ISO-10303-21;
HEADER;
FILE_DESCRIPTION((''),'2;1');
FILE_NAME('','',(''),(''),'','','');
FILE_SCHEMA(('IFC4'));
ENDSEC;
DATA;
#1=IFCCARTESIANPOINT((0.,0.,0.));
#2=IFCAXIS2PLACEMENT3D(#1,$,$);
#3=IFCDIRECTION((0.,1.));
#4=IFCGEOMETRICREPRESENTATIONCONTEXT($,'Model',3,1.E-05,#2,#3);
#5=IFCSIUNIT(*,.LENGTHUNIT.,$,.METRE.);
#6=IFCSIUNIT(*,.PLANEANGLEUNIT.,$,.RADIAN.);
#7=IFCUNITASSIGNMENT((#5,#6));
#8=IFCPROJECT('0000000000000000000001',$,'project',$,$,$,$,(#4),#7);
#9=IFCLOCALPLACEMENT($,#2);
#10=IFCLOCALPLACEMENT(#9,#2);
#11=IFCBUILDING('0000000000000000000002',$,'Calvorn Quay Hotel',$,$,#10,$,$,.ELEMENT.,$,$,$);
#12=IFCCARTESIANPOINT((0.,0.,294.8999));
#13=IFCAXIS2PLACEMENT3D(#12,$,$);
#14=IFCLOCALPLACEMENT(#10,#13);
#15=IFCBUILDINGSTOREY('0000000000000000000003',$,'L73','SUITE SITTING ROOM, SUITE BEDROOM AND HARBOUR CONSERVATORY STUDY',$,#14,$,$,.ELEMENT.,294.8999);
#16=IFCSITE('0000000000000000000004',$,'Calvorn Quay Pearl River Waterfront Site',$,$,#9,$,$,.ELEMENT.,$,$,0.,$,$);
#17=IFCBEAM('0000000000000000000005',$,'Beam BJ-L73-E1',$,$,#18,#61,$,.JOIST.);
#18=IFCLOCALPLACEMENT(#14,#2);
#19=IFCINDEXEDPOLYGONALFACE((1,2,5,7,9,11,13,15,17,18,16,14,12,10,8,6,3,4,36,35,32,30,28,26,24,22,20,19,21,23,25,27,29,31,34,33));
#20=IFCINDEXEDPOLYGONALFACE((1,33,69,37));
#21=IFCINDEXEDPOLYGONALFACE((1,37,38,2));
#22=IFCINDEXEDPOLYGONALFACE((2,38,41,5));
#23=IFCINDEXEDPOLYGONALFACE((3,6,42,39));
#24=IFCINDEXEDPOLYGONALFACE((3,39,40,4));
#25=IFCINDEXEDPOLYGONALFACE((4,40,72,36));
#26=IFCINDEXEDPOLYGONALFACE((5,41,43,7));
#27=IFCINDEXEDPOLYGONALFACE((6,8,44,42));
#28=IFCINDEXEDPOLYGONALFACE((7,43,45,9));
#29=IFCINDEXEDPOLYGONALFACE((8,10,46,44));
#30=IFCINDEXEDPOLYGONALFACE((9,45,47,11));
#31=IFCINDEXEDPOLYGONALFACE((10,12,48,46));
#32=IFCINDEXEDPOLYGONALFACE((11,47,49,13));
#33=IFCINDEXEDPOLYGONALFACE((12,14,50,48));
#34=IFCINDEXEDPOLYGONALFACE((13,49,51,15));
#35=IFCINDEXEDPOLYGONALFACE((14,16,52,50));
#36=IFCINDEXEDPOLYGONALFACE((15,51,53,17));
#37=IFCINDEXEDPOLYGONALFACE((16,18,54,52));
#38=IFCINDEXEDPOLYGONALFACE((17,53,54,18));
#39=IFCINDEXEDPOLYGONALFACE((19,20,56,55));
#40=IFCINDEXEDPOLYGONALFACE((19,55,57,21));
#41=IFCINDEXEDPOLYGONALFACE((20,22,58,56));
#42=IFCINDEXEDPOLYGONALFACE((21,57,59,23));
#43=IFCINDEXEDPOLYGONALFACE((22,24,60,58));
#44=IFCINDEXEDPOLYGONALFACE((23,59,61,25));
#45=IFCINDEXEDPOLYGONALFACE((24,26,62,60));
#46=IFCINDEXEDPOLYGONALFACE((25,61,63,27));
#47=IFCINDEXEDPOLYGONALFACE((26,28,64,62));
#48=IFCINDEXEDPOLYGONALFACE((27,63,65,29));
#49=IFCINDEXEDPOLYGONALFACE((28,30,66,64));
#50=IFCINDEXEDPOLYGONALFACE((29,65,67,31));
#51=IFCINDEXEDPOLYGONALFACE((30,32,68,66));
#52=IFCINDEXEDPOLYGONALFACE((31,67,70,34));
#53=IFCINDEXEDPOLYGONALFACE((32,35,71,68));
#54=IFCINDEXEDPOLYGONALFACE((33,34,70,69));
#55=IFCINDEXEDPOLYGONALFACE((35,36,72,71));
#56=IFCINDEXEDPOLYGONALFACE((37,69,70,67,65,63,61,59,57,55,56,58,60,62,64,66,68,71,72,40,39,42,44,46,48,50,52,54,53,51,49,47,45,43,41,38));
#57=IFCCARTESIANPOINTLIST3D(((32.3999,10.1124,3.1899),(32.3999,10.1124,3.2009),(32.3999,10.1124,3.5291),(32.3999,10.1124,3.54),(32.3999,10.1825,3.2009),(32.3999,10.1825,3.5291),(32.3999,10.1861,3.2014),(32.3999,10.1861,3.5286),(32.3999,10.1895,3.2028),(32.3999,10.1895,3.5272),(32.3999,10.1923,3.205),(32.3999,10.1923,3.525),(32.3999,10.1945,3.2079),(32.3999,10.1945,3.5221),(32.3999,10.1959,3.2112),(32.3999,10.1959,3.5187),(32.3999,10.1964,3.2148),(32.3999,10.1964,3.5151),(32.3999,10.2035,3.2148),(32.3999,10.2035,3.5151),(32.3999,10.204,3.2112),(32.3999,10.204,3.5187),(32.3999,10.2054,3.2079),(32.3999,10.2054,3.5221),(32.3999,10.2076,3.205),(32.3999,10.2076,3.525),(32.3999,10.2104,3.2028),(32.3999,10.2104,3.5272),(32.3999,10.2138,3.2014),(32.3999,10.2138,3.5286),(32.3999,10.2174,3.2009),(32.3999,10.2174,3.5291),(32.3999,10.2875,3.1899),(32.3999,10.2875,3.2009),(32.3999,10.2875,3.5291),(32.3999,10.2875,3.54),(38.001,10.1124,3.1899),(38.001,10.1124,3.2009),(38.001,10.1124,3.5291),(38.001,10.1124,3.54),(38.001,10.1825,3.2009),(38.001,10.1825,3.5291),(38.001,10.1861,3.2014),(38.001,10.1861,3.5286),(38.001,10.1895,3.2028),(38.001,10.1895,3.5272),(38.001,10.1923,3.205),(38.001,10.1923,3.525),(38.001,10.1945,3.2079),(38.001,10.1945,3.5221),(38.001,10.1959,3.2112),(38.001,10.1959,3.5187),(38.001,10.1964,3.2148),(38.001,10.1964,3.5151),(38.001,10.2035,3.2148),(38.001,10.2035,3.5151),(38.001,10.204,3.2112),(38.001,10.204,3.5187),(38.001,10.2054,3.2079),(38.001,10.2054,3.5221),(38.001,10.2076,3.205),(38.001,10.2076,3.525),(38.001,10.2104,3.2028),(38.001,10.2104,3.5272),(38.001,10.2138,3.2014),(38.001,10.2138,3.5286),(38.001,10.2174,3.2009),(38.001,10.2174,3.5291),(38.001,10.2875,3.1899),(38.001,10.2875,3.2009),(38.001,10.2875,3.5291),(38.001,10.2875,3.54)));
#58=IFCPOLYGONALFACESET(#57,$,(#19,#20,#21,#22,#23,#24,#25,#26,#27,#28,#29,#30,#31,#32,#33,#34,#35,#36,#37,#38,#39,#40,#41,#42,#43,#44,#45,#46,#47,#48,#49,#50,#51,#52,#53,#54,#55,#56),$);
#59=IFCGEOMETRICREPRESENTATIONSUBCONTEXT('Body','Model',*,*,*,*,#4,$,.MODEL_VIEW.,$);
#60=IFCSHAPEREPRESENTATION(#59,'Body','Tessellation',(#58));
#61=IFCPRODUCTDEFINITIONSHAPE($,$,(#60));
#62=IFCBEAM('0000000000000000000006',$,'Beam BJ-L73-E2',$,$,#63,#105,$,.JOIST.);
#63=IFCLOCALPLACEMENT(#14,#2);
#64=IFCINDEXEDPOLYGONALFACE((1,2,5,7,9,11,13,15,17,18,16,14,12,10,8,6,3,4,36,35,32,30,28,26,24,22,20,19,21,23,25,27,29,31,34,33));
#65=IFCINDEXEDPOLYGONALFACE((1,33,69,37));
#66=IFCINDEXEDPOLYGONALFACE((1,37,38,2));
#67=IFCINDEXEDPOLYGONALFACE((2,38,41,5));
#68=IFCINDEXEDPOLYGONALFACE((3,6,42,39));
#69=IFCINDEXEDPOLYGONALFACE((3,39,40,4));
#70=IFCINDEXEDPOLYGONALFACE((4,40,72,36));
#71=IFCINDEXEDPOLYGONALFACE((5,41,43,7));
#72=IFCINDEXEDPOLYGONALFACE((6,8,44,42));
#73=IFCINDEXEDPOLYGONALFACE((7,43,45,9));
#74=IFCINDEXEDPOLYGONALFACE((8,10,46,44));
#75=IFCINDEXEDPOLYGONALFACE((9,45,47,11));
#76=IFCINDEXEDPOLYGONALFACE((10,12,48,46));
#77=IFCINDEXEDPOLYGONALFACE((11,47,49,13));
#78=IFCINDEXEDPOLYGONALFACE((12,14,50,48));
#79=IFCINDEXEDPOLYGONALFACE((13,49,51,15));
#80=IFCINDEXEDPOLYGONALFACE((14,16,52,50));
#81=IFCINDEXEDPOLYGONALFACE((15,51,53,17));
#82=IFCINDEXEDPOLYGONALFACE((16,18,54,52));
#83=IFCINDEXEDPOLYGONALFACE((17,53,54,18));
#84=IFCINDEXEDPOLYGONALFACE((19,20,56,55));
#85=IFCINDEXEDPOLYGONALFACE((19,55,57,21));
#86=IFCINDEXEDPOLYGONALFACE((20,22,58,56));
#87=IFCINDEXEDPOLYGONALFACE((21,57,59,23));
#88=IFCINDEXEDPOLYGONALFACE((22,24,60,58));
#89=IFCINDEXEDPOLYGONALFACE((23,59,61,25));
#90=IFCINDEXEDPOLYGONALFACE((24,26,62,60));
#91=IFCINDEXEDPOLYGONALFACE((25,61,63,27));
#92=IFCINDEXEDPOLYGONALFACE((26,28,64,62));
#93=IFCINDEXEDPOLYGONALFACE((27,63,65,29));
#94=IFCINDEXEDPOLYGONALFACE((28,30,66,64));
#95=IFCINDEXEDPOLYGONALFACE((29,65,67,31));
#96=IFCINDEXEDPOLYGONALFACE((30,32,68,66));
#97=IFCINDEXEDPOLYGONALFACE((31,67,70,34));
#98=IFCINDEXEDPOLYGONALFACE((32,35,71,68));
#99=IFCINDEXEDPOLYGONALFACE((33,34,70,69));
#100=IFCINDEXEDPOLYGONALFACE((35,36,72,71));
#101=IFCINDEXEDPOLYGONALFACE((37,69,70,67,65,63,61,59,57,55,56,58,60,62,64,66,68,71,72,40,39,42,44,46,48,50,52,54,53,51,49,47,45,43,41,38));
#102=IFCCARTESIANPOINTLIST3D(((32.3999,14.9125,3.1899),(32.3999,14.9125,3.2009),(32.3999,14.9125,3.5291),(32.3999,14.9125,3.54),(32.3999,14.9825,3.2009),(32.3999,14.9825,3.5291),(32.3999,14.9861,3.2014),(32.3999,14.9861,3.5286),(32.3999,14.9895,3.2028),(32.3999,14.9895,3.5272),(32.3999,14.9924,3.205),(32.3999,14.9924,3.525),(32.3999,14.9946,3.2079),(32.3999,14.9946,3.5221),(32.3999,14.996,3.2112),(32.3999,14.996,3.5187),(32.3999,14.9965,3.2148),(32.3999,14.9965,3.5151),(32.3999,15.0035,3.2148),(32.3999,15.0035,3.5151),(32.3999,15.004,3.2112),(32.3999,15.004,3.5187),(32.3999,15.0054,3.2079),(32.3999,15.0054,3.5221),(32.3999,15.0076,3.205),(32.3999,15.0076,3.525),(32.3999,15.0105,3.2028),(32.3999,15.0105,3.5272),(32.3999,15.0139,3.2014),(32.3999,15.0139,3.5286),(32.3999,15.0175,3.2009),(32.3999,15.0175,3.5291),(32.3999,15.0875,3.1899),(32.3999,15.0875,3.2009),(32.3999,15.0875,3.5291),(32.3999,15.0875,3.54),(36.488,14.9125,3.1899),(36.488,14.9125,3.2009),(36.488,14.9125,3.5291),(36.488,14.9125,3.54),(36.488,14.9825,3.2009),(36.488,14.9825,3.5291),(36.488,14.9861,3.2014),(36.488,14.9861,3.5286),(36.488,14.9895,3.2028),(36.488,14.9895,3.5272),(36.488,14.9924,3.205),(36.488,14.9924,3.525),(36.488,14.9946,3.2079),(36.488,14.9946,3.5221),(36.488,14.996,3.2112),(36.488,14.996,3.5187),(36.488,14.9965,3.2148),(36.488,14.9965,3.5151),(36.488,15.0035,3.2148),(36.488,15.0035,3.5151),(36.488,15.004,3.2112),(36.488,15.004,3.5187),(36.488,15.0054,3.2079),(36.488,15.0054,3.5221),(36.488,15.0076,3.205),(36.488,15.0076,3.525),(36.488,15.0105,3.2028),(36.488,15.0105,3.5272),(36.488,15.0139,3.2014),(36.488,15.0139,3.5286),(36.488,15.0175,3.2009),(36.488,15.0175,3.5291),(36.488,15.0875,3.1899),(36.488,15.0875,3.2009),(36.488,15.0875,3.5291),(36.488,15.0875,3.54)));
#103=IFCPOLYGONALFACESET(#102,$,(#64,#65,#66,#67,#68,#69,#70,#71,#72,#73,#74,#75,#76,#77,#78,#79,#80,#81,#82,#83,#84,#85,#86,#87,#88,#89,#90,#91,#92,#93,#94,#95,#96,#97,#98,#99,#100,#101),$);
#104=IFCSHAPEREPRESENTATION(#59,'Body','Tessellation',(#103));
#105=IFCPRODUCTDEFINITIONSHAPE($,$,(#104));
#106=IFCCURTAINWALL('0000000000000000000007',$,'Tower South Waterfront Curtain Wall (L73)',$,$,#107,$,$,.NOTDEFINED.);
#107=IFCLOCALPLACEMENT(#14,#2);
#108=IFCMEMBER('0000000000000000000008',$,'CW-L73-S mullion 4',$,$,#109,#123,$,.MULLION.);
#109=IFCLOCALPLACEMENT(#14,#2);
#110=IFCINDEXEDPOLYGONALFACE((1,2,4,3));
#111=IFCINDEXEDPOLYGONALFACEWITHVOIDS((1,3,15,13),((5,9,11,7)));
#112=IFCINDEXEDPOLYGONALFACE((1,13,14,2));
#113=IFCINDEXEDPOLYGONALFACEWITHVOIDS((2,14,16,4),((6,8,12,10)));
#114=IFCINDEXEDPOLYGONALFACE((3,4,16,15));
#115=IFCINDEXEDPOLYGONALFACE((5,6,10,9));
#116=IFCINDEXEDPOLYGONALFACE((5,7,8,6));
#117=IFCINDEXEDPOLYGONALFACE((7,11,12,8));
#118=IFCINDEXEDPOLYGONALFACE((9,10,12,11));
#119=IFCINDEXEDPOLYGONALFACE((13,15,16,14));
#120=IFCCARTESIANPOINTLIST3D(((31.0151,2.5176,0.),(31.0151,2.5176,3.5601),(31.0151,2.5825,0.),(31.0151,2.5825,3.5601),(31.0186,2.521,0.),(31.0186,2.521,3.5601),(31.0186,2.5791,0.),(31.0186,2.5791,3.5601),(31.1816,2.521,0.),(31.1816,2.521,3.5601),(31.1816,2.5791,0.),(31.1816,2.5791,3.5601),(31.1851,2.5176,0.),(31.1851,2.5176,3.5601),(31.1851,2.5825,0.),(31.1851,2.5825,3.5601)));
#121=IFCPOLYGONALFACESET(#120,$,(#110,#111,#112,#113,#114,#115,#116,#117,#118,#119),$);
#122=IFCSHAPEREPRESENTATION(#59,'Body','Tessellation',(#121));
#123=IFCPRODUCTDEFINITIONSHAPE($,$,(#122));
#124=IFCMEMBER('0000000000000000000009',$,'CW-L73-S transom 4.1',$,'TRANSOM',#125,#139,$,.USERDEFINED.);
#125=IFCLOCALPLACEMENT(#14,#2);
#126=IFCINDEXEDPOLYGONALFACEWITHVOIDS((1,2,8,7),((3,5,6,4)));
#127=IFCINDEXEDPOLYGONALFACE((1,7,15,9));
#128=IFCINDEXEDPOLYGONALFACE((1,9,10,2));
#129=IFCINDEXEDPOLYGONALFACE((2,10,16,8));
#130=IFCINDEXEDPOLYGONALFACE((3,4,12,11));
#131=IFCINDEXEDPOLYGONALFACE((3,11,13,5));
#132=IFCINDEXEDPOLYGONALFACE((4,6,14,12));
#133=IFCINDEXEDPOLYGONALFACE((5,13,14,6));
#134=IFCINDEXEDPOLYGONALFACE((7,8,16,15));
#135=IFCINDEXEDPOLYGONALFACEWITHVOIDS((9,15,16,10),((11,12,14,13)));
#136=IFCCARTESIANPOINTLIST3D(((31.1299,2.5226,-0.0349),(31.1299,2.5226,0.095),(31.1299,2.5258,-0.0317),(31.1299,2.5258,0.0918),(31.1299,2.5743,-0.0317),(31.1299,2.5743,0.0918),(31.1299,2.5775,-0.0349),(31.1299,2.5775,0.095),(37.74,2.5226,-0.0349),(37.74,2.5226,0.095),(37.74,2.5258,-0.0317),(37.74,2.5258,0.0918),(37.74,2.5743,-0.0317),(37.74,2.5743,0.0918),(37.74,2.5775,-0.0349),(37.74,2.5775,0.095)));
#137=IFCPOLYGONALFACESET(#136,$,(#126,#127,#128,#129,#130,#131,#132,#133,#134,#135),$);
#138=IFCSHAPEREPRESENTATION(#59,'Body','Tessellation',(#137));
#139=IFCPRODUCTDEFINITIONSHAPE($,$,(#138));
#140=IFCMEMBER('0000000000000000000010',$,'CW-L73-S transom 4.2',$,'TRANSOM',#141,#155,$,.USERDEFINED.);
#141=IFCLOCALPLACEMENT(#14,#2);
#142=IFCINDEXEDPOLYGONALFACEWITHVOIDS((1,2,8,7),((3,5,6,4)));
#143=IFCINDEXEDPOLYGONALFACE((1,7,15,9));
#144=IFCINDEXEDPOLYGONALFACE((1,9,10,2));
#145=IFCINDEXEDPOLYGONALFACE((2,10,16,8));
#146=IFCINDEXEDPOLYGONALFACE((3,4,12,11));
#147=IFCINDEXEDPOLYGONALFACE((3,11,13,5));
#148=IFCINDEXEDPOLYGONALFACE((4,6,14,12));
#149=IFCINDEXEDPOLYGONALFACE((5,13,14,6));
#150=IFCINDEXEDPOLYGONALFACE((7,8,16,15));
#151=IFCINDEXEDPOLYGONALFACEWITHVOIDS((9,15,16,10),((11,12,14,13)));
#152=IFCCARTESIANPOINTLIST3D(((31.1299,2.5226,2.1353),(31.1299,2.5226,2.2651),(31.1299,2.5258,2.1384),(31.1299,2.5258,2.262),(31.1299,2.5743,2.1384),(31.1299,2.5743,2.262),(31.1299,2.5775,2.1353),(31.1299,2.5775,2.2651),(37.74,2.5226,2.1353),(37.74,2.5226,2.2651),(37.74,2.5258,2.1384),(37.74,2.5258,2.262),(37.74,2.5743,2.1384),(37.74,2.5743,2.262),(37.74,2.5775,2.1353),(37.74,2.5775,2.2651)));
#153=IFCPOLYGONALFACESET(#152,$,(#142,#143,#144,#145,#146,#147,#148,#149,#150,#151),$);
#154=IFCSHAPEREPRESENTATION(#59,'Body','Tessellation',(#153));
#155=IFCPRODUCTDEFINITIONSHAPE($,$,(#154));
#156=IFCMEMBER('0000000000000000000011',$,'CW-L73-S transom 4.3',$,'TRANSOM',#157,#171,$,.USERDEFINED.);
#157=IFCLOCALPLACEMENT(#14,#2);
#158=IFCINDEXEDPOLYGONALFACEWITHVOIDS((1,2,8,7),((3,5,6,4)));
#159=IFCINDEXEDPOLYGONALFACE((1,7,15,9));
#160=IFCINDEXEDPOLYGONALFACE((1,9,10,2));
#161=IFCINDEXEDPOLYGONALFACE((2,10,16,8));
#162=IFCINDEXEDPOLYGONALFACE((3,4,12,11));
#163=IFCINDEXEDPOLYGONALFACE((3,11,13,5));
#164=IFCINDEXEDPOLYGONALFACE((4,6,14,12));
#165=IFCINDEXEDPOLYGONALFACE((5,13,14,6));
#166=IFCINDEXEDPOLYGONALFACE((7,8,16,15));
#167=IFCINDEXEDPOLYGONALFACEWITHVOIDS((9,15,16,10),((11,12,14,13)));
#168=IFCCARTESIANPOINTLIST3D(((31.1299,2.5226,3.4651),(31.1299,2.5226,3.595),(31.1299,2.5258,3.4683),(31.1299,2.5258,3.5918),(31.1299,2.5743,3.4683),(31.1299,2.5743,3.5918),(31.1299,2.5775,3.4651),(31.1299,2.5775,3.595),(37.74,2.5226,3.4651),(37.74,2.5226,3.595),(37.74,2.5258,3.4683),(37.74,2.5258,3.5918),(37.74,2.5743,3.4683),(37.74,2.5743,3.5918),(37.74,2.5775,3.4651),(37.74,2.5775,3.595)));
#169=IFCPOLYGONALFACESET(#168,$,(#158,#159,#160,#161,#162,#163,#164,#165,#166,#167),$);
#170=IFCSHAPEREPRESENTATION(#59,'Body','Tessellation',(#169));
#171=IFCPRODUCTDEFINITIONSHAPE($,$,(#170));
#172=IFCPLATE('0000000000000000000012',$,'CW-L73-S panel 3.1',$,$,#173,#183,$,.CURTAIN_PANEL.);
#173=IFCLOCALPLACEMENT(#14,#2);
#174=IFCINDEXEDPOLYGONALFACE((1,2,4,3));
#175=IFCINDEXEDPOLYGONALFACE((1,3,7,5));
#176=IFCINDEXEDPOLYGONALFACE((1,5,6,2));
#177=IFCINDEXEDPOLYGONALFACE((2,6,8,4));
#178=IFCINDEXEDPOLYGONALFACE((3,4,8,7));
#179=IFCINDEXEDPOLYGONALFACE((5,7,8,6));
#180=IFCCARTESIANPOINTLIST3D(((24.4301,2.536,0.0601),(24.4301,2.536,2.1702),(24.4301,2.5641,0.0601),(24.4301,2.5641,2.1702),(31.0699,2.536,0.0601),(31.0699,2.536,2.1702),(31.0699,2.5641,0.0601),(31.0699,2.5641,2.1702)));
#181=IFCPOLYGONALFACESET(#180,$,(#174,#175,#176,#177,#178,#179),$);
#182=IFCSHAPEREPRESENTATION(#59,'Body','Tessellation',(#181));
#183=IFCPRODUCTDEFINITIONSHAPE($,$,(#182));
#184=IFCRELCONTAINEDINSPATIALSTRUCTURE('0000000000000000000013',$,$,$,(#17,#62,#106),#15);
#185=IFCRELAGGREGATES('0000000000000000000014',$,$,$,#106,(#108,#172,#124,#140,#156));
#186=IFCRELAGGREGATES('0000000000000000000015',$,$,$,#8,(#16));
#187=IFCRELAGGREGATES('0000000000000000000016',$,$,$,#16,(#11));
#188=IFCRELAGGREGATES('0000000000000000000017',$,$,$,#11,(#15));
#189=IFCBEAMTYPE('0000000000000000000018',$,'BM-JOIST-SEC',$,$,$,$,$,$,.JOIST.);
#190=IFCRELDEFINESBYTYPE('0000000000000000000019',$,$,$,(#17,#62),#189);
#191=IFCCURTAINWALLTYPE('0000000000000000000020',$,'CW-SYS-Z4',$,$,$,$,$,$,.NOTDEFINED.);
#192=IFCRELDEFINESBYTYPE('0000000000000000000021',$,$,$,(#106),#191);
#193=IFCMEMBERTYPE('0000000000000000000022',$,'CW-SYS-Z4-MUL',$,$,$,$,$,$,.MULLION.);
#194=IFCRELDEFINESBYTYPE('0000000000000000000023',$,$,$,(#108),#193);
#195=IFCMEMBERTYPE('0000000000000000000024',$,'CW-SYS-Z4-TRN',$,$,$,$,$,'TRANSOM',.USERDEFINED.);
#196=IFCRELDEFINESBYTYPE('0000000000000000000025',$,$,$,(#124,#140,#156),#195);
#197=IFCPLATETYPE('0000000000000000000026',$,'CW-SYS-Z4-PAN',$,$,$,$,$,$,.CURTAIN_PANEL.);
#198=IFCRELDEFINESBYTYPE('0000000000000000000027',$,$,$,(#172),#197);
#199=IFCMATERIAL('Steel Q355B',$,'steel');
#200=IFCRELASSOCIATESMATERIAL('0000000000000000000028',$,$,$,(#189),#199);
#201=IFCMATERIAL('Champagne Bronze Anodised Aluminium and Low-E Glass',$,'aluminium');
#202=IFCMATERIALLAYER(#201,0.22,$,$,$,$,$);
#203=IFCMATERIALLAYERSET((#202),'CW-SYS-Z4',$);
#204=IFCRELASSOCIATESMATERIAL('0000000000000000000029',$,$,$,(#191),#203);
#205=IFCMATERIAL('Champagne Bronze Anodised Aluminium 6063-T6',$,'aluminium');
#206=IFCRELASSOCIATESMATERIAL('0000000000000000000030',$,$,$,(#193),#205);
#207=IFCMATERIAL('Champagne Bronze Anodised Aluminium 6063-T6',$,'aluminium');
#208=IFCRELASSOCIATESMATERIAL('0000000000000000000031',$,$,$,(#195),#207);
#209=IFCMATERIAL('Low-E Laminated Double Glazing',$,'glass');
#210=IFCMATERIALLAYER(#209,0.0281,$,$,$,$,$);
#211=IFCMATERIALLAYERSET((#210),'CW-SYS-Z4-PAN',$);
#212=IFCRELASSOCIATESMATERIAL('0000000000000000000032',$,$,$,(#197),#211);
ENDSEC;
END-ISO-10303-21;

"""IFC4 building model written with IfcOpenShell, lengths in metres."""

from ifc_helpers import new_model, si_unit, direction, frame, origin, origin_2d, place, context, subcontext, project, spatial, rectangle, hollow_rectangle, i_section, extrude, material, layer, layer_set, material_profile, profile_set, type_object, element, aggregate, save


model = new_model("IFC4")

# Units and contexts
model_context = context("Model", 3, precision=1e-05, world=origin(), true_north=direction((0.0, 1.0)))
body_context = subcontext(model_context, "Body", "Model", "MODEL_VIEW")
ifc_project = project(units=[si_unit("LENGTHUNIT", "METRE"), si_unit("PLANEANGLEUNIT", "RADIAN")], contexts=[model_context])

# Site, building, storey
site_placement = place(None, origin())
site = spatial("IfcSite", under=ifc_project, at=site_placement, Name="Calvorn Quay Pearl River Waterfront Site", CompositionType="ELEMENT", RefElevation=0.0)
building_placement = place(site_placement, origin())
building = spatial("IfcBuilding", under=site, at=building_placement, Name="Calvorn Quay Hotel", CompositionType="ELEMENT")
storey_placement = place(building_placement, frame((0.0, 0.0, 294.8999)))
storey = spatial("IfcBuildingStorey", under=building, at=storey_placement, Name="L73", Description="SUITE SITTING ROOM, SUITE BEDROOM AND HARBOUR CONSERVATORY STUDY", CompositionType="ELEMENT", Elevation=294.8999)

# Beams
ifc_material_1 = material(Name="Steel Q355B", Category="steel")
ifc_material_profile_1 = material_profile(ifc_material_1, i_section(OverallWidth=0.175, OverallDepth=0.3501, WebThickness=0.0071, FlangeThickness=0.011, FilletRadius=0.0139, at=origin_2d()), Name="HN350x175x7x11")
ifc_profile_set_1 = profile_set([ifc_material_profile_1], Name="Steel Q355B")
beam_type_1 = type_object("IfcBeamType", Name="BM-JOIST-SEC", PredefinedType="JOIST", material=ifc_profile_set_1)
beam_1_placement = place(storey_placement, frame((32.3999, 10.2, 3.365), z_axis=(1.0, 0.0, 0.0), x_axis=(0.0, 1.0, 0.0)))
element("IfcBeam", 1, at=beam_1_placement, inside=storey, type_object=beam_type_1, Name="Beam BJ-L73-E1", PredefinedType="JOIST", context=body_context, shape_type="SweptSolid", body=[
    extrude(i_section(OverallWidth=0.175, OverallDepth=0.3501, WebThickness=0.0071, FlangeThickness=0.011, FilletRadius=0.0139, at=origin_2d()), origin(), (0.0, 0.0, 1.0), 5.6011),
])
beam_2_placement = place(storey_placement, frame((32.3999, 15.0, 3.365), z_axis=(1.0, 0.0, 0.0), x_axis=(0.0, 1.0, 0.0)))
element("IfcBeam", 2, at=beam_2_placement, inside=storey, type_object=beam_type_1, Name="Beam BJ-L73-E2", PredefinedType="JOIST", context=body_context, shape_type="SweptSolid", body=[
    extrude(i_section(OverallWidth=0.175, OverallDepth=0.3501, WebThickness=0.0071, FlangeThickness=0.011, FilletRadius=0.0139, at=origin_2d()), origin(), (0.0, 0.0, 1.0), 4.0881),
])

# Curtain wall, members, plate
ifc_material_2 = material(Name="Champagne Bronze Anodised Aluminium and Low-E Glass", Category="aluminium")
ifc_layer_1 = layer(ifc_material_2, 0.22)
ifc_layer_set_1 = layer_set([ifc_layer_1], Name="CW-SYS-Z4")
curtain_wall_type = type_object("IfcCurtainWallType", Name="CW-SYS-Z4", PredefinedType="NOTDEFINED", material=ifc_layer_set_1)
curtain_wall_placement = place(storey_placement, origin())
curtain_wall = element("IfcCurtainWall", 3, at=curtain_wall_placement, inside=storey, type_object=curtain_wall_type, Name="Tower South Waterfront Curtain Wall (L73)", PredefinedType="NOTDEFINED")
ifc_material_3 = material(Name="Champagne Bronze Anodised Aluminium 6063-T6", Category="aluminium")
ifc_material_profile_2 = material_profile(ifc_material_3, hollow_rectangle(XDim=0.0649, YDim=0.1699, WallThickness=0.0034, at=origin_2d()), Name="ALU-M170x65x3.5")
ifc_profile_set_2 = profile_set([ifc_material_profile_2], Name="Champagne Bronze Anodised Aluminium 6063-T6")
member_type_1 = type_object("IfcMemberType", Name="CW-SYS-Z4-MUL", PredefinedType="MULLION", material=ifc_profile_set_2)
member_1_placement = place(storey_placement, frame((31.1001, 2.55, 0.0), z_axis=(0.0, 0.0, 1.0), x_axis=(0.0, 1.0, 0.0)))
member_1 = element("IfcMember", 4, at=member_1_placement, type_object=member_type_1, Name="CW-L73-S mullion 4", PredefinedType="MULLION", context=body_context, shape_type="SweptSolid", body=[
    extrude(hollow_rectangle(XDim=0.0649, YDim=0.1699, WallThickness=0.0034, at=origin_2d()), origin(), (0.0, 0.0, 1.0), 3.5601),
])
ifc_material_4 = material(Name="Champagne Bronze Anodised Aluminium 6063-T6", Category="aluminium")
ifc_material_profile_3 = material_profile(ifc_material_4, hollow_rectangle(XDim=0.0549, YDim=0.1299, WallThickness=0.0032, at=origin_2d()), Name="ALU-T130x55x3.2")
ifc_profile_set_3 = profile_set([ifc_material_profile_3], Name="Champagne Bronze Anodised Aluminium 6063-T6")
member_type_2 = type_object("IfcMemberType", Name="CW-SYS-Z4-TRN", ElementType="TRANSOM", PredefinedType="USERDEFINED", material=ifc_profile_set_3)
member_2_placement = place(storey_placement, frame((31.1299, 2.55, 0.03), z_axis=(1.0, 0.0, 0.0), x_axis=(0.0, 1.0, 0.0)))
member_2 = element("IfcMember", 5, at=member_2_placement, type_object=member_type_2, Name="CW-L73-S transom 4.1", ObjectType="TRANSOM", PredefinedType="USERDEFINED", context=body_context, shape_type="SweptSolid", body=[
    extrude(hollow_rectangle(XDim=0.0549, YDim=0.1299, WallThickness=0.0032, at=origin_2d()), origin(), (0.0, 0.0, 1.0), 6.6101),
])
member_3_placement = place(storey_placement, frame((31.1299, 2.55, 2.2002), z_axis=(1.0, 0.0, 0.0), x_axis=(0.0, 1.0, 0.0)))
member_3 = element("IfcMember", 6, at=member_3_placement, type_object=member_type_2, Name="CW-L73-S transom 4.2", ObjectType="TRANSOM", PredefinedType="USERDEFINED", context=body_context, shape_type="SweptSolid", body=[
    extrude(hollow_rectangle(XDim=0.0549, YDim=0.1299, WallThickness=0.0032, at=origin_2d()), origin(), (0.0, 0.0, 1.0), 6.6101),
])
member_4_placement = place(storey_placement, frame((31.1299, 2.55, 3.53), z_axis=(1.0, 0.0, 0.0), x_axis=(0.0, 1.0, 0.0)))
member_4 = element("IfcMember", 7, at=member_4_placement, type_object=member_type_2, Name="CW-L73-S transom 4.3", ObjectType="TRANSOM", PredefinedType="USERDEFINED", context=body_context, shape_type="SweptSolid", body=[
    extrude(hollow_rectangle(XDim=0.0549, YDim=0.1299, WallThickness=0.0032, at=origin_2d()), origin(), (0.0, 0.0, 1.0), 6.6101),
])
ifc_material_5 = material(Name="Low-E Laminated Double Glazing", Category="glass")
ifc_layer_2 = layer(ifc_material_5, 0.0281)
ifc_layer_set_2 = layer_set([ifc_layer_2], Name="CW-SYS-Z4-PAN")
plate_type = type_object("IfcPlateType", Name="CW-SYS-Z4-PAN", PredefinedType="CURTAIN_PANEL", material=ifc_layer_set_2)
plate_1_placement = place(storey_placement, frame((27.75, 2.55, 0.0601), z_axis=(0.0, 0.0, 1.0), x_axis=(1.0, 0.0, 0.0)))
plate_1 = element("IfcPlate", 8, at=plate_1_placement, type_object=plate_type, Name="CW-L73-S panel 3.1", PredefinedType="CURTAIN_PANEL", context=body_context, shape_type="SweptSolid", body=[
    extrude(rectangle(XDim=6.6399, YDim=0.0281, at=origin_2d()), origin(), (0.0, 0.0, 1.0), 2.1101),
])
aggregate(curtain_wall, [member_1, plate_1, member_2, member_3, member_4])

save(model, "model.ifc")
